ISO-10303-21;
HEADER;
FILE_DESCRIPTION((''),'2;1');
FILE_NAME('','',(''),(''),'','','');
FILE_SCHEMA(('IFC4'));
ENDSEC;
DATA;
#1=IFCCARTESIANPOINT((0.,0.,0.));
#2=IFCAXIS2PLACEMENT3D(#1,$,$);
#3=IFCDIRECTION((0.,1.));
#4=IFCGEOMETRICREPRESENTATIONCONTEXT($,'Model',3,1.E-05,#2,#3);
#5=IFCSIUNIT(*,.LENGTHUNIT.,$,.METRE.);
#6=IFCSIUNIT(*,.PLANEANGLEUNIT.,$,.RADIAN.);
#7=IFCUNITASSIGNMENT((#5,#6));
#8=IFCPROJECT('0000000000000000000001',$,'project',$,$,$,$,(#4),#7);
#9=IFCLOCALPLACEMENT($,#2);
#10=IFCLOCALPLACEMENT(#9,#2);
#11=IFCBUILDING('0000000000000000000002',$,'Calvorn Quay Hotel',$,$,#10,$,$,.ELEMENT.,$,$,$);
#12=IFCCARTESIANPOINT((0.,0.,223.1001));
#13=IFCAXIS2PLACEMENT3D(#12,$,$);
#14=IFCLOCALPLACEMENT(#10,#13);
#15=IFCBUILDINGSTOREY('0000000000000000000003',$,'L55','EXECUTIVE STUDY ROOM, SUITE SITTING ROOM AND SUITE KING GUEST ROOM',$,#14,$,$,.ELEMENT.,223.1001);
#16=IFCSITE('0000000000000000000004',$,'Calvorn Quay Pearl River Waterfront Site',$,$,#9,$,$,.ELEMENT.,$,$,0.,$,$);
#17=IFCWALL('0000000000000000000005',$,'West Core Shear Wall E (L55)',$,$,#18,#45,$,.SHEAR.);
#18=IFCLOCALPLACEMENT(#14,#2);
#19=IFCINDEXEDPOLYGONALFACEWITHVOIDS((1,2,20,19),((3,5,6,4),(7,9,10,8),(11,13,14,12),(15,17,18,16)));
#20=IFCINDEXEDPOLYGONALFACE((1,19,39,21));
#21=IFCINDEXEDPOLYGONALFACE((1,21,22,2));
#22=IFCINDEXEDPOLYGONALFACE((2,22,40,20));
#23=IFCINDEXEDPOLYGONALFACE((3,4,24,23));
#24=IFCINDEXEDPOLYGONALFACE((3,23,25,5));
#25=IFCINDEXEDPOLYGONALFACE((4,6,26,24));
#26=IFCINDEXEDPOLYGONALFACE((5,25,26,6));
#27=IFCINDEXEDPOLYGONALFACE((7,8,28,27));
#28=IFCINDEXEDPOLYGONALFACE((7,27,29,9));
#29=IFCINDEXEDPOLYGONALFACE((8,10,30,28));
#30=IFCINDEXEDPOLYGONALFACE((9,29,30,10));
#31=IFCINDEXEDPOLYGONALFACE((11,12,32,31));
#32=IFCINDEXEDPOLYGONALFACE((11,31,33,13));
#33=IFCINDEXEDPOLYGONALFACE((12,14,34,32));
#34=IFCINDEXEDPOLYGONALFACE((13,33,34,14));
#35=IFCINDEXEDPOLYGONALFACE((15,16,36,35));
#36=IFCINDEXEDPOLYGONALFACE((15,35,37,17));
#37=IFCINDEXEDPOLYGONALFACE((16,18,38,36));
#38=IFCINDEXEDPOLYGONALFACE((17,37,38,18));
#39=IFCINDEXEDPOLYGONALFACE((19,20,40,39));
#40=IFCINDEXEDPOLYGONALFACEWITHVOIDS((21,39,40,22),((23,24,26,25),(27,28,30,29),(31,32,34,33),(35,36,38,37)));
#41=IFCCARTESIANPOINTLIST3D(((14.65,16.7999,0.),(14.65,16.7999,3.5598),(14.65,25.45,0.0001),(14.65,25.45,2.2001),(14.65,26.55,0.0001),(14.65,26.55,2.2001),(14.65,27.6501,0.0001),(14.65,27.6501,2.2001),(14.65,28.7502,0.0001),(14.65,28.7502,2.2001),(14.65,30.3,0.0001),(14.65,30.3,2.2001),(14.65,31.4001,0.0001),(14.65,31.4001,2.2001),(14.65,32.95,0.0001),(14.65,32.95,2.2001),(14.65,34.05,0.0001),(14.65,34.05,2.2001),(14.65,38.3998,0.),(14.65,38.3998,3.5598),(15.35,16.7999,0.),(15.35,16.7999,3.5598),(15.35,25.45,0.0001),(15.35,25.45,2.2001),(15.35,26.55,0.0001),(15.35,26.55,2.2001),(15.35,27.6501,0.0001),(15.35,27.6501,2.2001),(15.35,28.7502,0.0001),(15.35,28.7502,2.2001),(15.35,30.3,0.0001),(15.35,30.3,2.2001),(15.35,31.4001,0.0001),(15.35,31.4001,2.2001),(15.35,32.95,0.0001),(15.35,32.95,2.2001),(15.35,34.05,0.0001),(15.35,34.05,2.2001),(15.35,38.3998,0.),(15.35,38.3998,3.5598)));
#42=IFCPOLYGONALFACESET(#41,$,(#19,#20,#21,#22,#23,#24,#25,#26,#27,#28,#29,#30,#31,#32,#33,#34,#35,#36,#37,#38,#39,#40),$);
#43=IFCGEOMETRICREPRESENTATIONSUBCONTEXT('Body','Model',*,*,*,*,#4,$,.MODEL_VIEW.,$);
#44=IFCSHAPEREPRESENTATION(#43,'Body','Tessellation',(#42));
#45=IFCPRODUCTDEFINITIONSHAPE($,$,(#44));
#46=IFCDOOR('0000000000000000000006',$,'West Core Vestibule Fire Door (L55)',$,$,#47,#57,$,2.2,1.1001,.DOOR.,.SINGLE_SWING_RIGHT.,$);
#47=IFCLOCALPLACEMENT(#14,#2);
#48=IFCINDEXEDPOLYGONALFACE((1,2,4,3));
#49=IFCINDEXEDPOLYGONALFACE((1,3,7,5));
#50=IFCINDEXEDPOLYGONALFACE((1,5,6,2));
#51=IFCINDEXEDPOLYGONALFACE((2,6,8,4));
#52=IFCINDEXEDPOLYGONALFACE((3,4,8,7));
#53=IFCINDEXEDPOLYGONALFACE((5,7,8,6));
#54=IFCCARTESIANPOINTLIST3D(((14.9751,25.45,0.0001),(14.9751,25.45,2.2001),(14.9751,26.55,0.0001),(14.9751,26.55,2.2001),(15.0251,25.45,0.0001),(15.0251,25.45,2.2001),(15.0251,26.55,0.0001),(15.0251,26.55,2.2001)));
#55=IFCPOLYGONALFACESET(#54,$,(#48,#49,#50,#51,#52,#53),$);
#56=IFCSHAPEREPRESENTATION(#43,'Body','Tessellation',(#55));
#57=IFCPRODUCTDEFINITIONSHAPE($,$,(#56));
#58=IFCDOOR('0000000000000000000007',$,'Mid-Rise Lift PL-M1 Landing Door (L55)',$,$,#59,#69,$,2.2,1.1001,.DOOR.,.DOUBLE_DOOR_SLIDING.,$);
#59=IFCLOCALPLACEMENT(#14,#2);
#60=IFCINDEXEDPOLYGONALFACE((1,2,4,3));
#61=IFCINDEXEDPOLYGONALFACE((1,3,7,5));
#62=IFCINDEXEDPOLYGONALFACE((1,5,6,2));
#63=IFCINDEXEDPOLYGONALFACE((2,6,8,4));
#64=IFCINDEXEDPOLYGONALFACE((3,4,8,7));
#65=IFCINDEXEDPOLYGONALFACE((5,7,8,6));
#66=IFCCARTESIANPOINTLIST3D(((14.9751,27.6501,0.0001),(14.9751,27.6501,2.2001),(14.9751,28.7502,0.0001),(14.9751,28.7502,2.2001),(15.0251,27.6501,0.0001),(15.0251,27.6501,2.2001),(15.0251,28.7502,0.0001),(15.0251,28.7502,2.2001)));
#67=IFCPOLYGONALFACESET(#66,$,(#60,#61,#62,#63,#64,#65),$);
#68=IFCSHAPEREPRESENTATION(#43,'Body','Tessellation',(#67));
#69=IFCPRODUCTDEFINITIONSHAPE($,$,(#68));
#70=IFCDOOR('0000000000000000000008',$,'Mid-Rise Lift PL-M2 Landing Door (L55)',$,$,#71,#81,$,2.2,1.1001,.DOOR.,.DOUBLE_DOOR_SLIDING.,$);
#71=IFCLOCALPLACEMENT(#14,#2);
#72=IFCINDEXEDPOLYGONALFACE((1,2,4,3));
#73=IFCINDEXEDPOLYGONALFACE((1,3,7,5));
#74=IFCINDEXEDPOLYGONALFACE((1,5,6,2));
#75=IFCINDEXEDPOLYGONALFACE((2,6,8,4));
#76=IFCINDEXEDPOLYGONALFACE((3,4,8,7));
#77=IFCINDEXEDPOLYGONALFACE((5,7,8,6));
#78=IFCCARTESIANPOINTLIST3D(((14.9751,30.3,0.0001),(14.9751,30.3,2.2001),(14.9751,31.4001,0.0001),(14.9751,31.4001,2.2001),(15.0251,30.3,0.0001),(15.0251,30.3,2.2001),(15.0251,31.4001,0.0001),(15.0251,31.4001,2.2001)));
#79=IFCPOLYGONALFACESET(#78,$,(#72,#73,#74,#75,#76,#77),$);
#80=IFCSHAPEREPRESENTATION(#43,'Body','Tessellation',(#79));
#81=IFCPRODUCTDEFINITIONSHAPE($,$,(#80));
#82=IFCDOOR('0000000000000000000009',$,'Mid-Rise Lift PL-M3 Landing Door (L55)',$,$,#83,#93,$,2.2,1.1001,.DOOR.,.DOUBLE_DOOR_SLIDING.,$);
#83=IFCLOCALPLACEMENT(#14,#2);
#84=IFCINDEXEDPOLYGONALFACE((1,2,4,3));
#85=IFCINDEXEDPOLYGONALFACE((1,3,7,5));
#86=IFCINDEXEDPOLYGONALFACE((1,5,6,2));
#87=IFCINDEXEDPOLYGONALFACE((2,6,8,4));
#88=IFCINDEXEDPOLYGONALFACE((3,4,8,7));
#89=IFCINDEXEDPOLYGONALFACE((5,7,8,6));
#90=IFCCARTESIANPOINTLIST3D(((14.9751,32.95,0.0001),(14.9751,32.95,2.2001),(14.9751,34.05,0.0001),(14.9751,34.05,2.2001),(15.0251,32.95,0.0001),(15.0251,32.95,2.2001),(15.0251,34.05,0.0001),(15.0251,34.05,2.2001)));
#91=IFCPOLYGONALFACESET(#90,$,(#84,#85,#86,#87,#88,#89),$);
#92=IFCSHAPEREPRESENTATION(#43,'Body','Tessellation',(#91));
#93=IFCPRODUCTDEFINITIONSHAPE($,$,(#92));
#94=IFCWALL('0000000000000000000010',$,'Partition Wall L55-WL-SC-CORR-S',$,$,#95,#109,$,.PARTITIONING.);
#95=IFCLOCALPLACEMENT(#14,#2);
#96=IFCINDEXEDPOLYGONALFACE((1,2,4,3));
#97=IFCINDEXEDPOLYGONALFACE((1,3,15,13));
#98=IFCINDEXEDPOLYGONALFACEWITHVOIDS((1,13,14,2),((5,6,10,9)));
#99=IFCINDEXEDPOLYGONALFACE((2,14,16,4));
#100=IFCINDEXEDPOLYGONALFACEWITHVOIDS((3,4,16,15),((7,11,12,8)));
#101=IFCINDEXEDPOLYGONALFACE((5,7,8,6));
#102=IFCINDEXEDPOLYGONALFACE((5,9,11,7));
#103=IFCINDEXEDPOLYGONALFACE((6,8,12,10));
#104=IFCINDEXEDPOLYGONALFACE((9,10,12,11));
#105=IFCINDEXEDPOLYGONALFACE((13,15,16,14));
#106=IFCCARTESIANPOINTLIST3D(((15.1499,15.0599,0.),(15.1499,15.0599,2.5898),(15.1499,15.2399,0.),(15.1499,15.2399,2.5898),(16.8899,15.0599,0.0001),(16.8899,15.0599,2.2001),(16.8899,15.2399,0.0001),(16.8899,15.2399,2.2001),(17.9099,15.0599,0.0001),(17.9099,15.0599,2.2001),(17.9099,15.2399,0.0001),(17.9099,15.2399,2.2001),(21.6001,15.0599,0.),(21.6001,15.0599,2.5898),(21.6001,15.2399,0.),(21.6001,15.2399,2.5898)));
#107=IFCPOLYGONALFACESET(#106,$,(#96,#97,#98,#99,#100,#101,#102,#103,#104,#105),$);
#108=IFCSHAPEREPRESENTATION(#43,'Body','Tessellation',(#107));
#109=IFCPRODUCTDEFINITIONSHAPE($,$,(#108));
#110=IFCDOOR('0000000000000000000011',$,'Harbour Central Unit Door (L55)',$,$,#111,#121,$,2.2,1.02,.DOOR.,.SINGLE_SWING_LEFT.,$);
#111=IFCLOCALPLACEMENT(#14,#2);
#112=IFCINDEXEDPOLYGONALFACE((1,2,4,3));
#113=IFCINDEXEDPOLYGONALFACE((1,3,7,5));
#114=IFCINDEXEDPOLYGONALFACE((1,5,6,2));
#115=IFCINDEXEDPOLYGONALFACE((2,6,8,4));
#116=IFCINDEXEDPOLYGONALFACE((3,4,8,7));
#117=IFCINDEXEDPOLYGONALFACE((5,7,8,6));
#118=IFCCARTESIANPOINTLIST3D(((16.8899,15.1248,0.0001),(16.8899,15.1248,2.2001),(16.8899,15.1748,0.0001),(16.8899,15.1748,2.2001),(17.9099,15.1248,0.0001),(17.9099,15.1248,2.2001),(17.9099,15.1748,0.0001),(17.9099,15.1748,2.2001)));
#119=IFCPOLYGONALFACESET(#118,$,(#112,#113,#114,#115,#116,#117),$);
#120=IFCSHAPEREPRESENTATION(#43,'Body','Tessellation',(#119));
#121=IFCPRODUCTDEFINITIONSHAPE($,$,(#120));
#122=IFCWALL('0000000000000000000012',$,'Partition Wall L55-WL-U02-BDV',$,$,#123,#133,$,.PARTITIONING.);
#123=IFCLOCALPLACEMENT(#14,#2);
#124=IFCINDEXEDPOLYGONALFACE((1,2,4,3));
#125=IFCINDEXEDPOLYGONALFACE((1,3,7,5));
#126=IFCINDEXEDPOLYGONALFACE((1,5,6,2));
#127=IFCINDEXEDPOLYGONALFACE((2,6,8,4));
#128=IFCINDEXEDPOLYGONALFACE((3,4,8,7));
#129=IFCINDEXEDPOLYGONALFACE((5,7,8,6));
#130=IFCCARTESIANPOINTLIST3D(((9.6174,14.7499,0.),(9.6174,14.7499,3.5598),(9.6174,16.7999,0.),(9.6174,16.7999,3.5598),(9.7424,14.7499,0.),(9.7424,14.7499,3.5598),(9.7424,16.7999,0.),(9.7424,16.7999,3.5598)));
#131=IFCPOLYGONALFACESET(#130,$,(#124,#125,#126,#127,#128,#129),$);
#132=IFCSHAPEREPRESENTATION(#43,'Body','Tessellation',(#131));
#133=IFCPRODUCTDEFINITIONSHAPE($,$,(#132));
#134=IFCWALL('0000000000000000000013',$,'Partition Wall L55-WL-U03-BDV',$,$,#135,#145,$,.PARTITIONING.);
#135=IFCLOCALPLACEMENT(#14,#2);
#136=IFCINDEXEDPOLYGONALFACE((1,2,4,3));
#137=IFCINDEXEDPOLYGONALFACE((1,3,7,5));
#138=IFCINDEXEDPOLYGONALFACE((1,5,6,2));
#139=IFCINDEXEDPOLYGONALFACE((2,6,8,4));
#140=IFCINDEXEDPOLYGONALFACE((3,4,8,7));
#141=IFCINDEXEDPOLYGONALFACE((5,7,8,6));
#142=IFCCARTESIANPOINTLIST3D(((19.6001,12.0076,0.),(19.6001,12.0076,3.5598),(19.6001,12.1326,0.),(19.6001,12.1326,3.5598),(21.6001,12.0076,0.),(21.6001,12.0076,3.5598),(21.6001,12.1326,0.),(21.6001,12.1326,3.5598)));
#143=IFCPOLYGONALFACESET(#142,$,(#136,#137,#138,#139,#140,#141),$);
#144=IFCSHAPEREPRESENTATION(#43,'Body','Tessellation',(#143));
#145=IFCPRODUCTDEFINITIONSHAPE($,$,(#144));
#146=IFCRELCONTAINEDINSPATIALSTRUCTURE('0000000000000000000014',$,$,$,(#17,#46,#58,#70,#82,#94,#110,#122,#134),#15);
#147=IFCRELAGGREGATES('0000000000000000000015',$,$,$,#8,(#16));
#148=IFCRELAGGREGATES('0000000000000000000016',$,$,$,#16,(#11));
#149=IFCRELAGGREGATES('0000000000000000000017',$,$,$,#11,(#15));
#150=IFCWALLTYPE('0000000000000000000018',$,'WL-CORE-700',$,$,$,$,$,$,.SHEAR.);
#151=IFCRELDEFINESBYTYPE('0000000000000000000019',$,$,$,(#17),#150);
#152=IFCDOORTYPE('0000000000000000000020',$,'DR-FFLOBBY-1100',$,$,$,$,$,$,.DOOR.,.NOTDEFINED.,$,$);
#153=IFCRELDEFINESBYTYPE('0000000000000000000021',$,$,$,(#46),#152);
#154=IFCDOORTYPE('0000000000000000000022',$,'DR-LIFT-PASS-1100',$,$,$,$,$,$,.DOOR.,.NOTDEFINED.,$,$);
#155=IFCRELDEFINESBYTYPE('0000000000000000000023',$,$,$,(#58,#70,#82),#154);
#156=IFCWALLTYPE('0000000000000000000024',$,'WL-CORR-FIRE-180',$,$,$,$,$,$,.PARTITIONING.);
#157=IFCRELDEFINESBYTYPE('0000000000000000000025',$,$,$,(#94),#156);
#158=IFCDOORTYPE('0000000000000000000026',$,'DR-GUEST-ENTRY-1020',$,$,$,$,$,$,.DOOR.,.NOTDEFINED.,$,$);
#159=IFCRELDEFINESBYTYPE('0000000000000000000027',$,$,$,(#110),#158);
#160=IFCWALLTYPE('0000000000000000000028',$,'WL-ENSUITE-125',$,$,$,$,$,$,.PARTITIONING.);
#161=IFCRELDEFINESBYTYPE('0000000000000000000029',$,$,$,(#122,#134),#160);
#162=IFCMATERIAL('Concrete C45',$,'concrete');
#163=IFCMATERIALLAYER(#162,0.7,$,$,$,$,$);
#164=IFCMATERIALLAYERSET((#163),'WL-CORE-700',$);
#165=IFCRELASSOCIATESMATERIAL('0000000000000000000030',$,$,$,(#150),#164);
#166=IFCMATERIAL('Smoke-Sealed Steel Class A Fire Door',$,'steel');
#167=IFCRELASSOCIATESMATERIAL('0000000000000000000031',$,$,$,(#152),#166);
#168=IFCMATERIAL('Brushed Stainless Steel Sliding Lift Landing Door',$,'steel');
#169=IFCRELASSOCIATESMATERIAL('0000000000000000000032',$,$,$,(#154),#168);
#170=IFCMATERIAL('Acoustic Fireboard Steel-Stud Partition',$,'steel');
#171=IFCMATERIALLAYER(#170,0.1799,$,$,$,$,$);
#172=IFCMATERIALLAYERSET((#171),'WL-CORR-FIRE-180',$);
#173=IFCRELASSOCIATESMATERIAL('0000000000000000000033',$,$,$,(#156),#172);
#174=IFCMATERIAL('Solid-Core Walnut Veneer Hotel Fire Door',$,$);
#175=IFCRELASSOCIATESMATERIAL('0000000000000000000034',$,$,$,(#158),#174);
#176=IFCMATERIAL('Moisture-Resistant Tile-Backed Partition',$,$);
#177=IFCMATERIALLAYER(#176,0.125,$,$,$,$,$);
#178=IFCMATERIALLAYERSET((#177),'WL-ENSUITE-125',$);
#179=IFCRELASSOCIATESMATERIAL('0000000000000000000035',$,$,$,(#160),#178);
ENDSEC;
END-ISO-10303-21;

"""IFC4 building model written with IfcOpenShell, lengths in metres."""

from ifc_helpers import new_model, si_unit, direction, frame, frame_2d, origin, place, context, subcontext, project, spatial, rectangle, extrude, material, layer, layer_set, type_object, element, fill, save


model = new_model("IFC4")

# Units and contexts
model_context = context("Model", 3, precision=1e-05, world=origin(), true_north=direction((0.0, 1.0)))
body_context = subcontext(model_context, "Body", "Model", "MODEL_VIEW")
ifc_project = project(units=[si_unit("LENGTHUNIT", "METRE"), si_unit("PLANEANGLEUNIT", "RADIAN")], contexts=[model_context])

# Site, building, storey
site_placement = place(None, origin())
site = spatial("IfcSite", under=ifc_project, at=site_placement, Name="Calvorn Quay Pearl River Waterfront Site", CompositionType="ELEMENT", RefElevation=0.0)
building_placement = place(site_placement, origin())
building = spatial("IfcBuilding", under=site, at=building_placement, Name="Calvorn Quay Hotel", CompositionType="ELEMENT")
storey_placement = place(building_placement, frame((0.0, 0.0, 223.1001)))
storey = spatial("IfcBuildingStorey", under=building, at=storey_placement, Name="L55", Description="EXECUTIVE STUDY ROOM, SUITE SITTING ROOM AND SUITE KING GUEST ROOM", CompositionType="ELEMENT", Elevation=223.1001)

# Wall, openings, doors
ifc_material_1 = material(Name="Concrete C45", Category="concrete")
ifc_layer_1 = layer(ifc_material_1, 0.7)
ifc_layer_set_1 = layer_set([ifc_layer_1], Name="WL-CORE-700")
wall_type_1 = type_object("IfcWallType", Name="WL-CORE-700", PredefinedType="SHEAR", material=ifc_layer_set_1)
wall_1_placement = place(storey_placement, frame((15.0, 16.8, 0.0), z_axis=(0.0, 0.0, 1.0), x_axis=(0.0, 1.0, 0.0)))
wall_1 = element("IfcWall", 1, at=wall_1_placement, inside=storey, type_object=wall_type_1, Name="West Core Shear Wall E (L55)", PredefinedType="SHEAR", context=body_context, shape_type="SweptSolid", body=[
    extrude(rectangle(XDim=21.5999, YDim=0.7, at=frame_2d((10.7998, 0.0))), origin(), (0.0, 0.0, 1.0), 3.5598),
])
opening_1_placement = place(wall_1_placement, frame((8.6499, 0.0, 0.0)))
opening_1 = element("IfcOpeningElement", 2, at=opening_1_placement, cuts=wall_1, PredefinedType="OPENING", context=body_context, shape_type="SweptSolid", body=[
    extrude(rectangle(XDim=1.1001, YDim=2.2, at=frame_2d((0.55, 1.1001))), frame((0.0, 0.3599, 0.0), z_axis=(0.0, -1.0, 0.0), x_axis=(1.0, 0.0, 0.0)), (0.0, 0.0, 1.0), 0.72),
])
opening_2_placement = place(wall_1_placement, frame((10.8501, 0.0, 0.0)))
opening_2 = element("IfcOpeningElement", 3, at=opening_2_placement, cuts=wall_1, PredefinedType="OPENING", context=body_context, shape_type="SweptSolid", body=[
    extrude(rectangle(XDim=1.1001, YDim=2.2, at=frame_2d((0.55, 1.1001))), frame((0.0, 0.3599, 0.0), z_axis=(0.0, -1.0, 0.0), x_axis=(1.0, 0.0, 0.0)), (0.0, 0.0, 1.0), 0.72),
])
opening_3_placement = place(wall_1_placement, frame((13.5, 0.0, 0.0)))
opening_3 = element("IfcOpeningElement", 4, at=opening_3_placement, cuts=wall_1, PredefinedType="OPENING", context=body_context, shape_type="SweptSolid", body=[
    extrude(rectangle(XDim=1.1001, YDim=2.2, at=frame_2d((0.55, 1.1001))), frame((0.0, 0.3599, 0.0), z_axis=(0.0, -1.0, 0.0), x_axis=(1.0, 0.0, 0.0)), (0.0, 0.0, 1.0), 0.72),
])
opening_4_placement = place(wall_1_placement, frame((16.1499, 0.0, 0.0)))
opening_4 = element("IfcOpeningElement", 5, at=opening_4_placement, cuts=wall_1, PredefinedType="OPENING", context=body_context, shape_type="SweptSolid", body=[
    extrude(rectangle(XDim=1.1001, YDim=2.2, at=frame_2d((0.55, 1.1001))), frame((0.0, 0.3599, 0.0), z_axis=(0.0, -1.0, 0.0), x_axis=(1.0, 0.0, 0.0)), (0.0, 0.0, 1.0), 0.72),
])
ifc_material_2 = material(Name="Smoke-Sealed Steel Class A Fire Door", Category="steel")
door_type_1 = type_object("IfcDoorType", Name="DR-FFLOBBY-1100", OperationType="NOTDEFINED", PredefinedType="DOOR", material=ifc_material_2)
door_1_placement = place(opening_1_placement, origin())
door_1 = element("IfcDoor", 6, at=door_1_placement, inside=storey, type_object=door_type_1, Name="West Core Vestibule Fire Door (L55)", OperationType="SINGLE_SWING_RIGHT", OverallHeight=2.2, OverallWidth=1.1001, PredefinedType="DOOR", context=body_context, shape_type="SweptSolid", body=[
    extrude(rectangle(XDim=1.1001, YDim=2.2, at=frame_2d((0.55, 1.1001))), frame((0.0, 0.0249, 0.0), z_axis=(0.0, -1.0, 0.0), x_axis=(1.0, 0.0, 0.0)), (0.0, 0.0, 1.0), 0.05),
])
fill(opening_1, door_1)
ifc_material_3 = material(Name="Brushed Stainless Steel Sliding Lift Landing Door", Category="steel")
door_type_2 = type_object("IfcDoorType", Name="DR-LIFT-PASS-1100", OperationType="NOTDEFINED", PredefinedType="DOOR", material=ifc_material_3)
door_2_placement = place(opening_2_placement, origin())
door_2 = element("IfcDoor", 7, at=door_2_placement, inside=storey, type_object=door_type_2, Name="Mid-Rise Lift PL-M1 Landing Door (L55)", OperationType="DOUBLE_DOOR_SLIDING", OverallHeight=2.2, OverallWidth=1.1001, PredefinedType="DOOR", context=body_context, shape_type="SweptSolid", body=[
    extrude(rectangle(XDim=1.1001, YDim=2.2, at=frame_2d((0.55, 1.1001))), frame((0.0, 0.0249, 0.0), z_axis=(0.0, -1.0, 0.0), x_axis=(1.0, 0.0, 0.0)), (0.0, 0.0, 1.0), 0.05),
])
fill(opening_2, door_2)
door_3_placement = place(opening_3_placement, origin())
door_3 = element("IfcDoor", 8, at=door_3_placement, inside=storey, type_object=door_type_2, Name="Mid-Rise Lift PL-M2 Landing Door (L55)", OperationType="DOUBLE_DOOR_SLIDING", OverallHeight=2.2, OverallWidth=1.1001, PredefinedType="DOOR", context=body_context, shape_type="SweptSolid", body=[
    extrude(rectangle(XDim=1.1001, YDim=2.2, at=frame_2d((0.55, 1.1001))), frame((0.0, 0.0249, 0.0), z_axis=(0.0, -1.0, 0.0), x_axis=(1.0, 0.0, 0.0)), (0.0, 0.0, 1.0), 0.05),
])
fill(opening_3, door_3)
door_4_placement = place(opening_4_placement, origin())
door_4 = element("IfcDoor", 9, at=door_4_placement, inside=storey, type_object=door_type_2, Name="Mid-Rise Lift PL-M3 Landing Door (L55)", OperationType="DOUBLE_DOOR_SLIDING", OverallHeight=2.2, OverallWidth=1.1001, PredefinedType="DOOR", context=body_context, shape_type="SweptSolid", body=[
    extrude(rectangle(XDim=1.1001, YDim=2.2, at=frame_2d((0.55, 1.1001))), frame((0.0, 0.0249, 0.0), z_axis=(0.0, -1.0, 0.0), x_axis=(1.0, 0.0, 0.0)), (0.0, 0.0, 1.0), 0.05),
])
fill(opening_4, door_4)

# Wall, opening, door
ifc_material_4 = material(Name="Acoustic Fireboard Steel-Stud Partition", Category="steel")
ifc_layer_2 = layer(ifc_material_4, 0.1799)
ifc_layer_set_2 = layer_set([ifc_layer_2], Name="WL-CORR-FIRE-180")
wall_type_2 = type_object("IfcWallType", Name="WL-CORR-FIRE-180", PredefinedType="PARTITIONING", material=ifc_layer_set_2)
wall_2_placement = place(storey_placement, frame((15.1499, 15.1499, 0.0), z_axis=(0.0, 0.0, 1.0), x_axis=(1.0, 0.0, 0.0)))
wall_2 = element("IfcWall", 10, at=wall_2_placement, inside=storey, type_object=wall_type_2, Name="Partition Wall L55-WL-SC-CORR-S", PredefinedType="PARTITIONING", context=body_context, shape_type="SweptSolid", body=[
    extrude(rectangle(XDim=6.4502, YDim=0.1799, at=frame_2d((3.2251, 0.0))), origin(), (0.0, 0.0, 1.0), 2.5898),
])
opening_5_placement = place(wall_2_placement, frame((1.74, 0.0, 0.0)))
opening_5 = element("IfcOpeningElement", 11, at=opening_5_placement, cuts=wall_2, PredefinedType="OPENING", context=body_context, shape_type="SweptSolid", body=[
    extrude(rectangle(XDim=1.02, YDim=2.2, at=frame_2d((0.51, 1.1001))), frame((0.0, 0.0999, 0.0), z_axis=(0.0, -1.0, 0.0), x_axis=(1.0, 0.0, 0.0)), (0.0, 0.0, 1.0), 0.2),
])
ifc_material_5 = material(Name="Solid-Core Walnut Veneer Hotel Fire Door")
door_type_3 = type_object("IfcDoorType", Name="DR-GUEST-ENTRY-1020", OperationType="NOTDEFINED", PredefinedType="DOOR", material=ifc_material_5)
door_5_placement = place(opening_5_placement, origin())
door_5 = element("IfcDoor", 12, at=door_5_placement, inside=storey, type_object=door_type_3, Name="Harbour Central Unit Door (L55)", OperationType="SINGLE_SWING_LEFT", OverallHeight=2.2, OverallWidth=1.02, PredefinedType="DOOR", context=body_context, shape_type="SweptSolid", body=[
    extrude(rectangle(XDim=1.02, YDim=2.2, at=frame_2d((0.51, 1.1001))), frame((0.0, 0.0249, 0.0), z_axis=(0.0, -1.0, 0.0), x_axis=(1.0, 0.0, 0.0)), (0.0, 0.0, 1.0), 0.05),
])
fill(opening_5, door_5)

# Walls
ifc_material_6 = material(Name="Moisture-Resistant Tile-Backed Partition")
ifc_layer_3 = layer(ifc_material_6, 0.125)
ifc_layer_set_3 = layer_set([ifc_layer_3], Name="WL-ENSUITE-125")
wall_type_3 = type_object("IfcWallType", Name="WL-ENSUITE-125", PredefinedType="PARTITIONING", material=ifc_layer_set_3)
wall_3_placement = place(storey_placement, frame((9.6799, 14.75, 0.0), z_axis=(0.0, 0.0, 1.0), x_axis=(0.0, 1.0, 0.0)))
element("IfcWall", 13, at=wall_3_placement, inside=storey, type_object=wall_type_3, Name="Partition Wall L55-WL-U02-BDV", PredefinedType="PARTITIONING", context=body_context, shape_type="SweptSolid", body=[
    extrude(rectangle(XDim=2.05, YDim=0.125, at=frame_2d((1.0249, 0.0))), origin(), (0.0, 0.0, 1.0), 3.5598),
])
wall_4_placement = place(storey_placement, frame((19.6001, 12.0701, 0.0), z_axis=(0.0, 0.0, 1.0), x_axis=(1.0, 0.0, 0.0)))
element("IfcWall", 14, at=wall_4_placement, inside=storey, type_object=wall_type_3, Name="Partition Wall L55-WL-U03-BDV", PredefinedType="PARTITIONING", context=body_context, shape_type="SweptSolid", body=[
    extrude(rectangle(XDim=2.0, YDim=0.125, at=frame_2d((1.0, 0.0))), origin(), (0.0, 0.0, 1.0), 3.5598),
])

save(model, "model.ifc")
